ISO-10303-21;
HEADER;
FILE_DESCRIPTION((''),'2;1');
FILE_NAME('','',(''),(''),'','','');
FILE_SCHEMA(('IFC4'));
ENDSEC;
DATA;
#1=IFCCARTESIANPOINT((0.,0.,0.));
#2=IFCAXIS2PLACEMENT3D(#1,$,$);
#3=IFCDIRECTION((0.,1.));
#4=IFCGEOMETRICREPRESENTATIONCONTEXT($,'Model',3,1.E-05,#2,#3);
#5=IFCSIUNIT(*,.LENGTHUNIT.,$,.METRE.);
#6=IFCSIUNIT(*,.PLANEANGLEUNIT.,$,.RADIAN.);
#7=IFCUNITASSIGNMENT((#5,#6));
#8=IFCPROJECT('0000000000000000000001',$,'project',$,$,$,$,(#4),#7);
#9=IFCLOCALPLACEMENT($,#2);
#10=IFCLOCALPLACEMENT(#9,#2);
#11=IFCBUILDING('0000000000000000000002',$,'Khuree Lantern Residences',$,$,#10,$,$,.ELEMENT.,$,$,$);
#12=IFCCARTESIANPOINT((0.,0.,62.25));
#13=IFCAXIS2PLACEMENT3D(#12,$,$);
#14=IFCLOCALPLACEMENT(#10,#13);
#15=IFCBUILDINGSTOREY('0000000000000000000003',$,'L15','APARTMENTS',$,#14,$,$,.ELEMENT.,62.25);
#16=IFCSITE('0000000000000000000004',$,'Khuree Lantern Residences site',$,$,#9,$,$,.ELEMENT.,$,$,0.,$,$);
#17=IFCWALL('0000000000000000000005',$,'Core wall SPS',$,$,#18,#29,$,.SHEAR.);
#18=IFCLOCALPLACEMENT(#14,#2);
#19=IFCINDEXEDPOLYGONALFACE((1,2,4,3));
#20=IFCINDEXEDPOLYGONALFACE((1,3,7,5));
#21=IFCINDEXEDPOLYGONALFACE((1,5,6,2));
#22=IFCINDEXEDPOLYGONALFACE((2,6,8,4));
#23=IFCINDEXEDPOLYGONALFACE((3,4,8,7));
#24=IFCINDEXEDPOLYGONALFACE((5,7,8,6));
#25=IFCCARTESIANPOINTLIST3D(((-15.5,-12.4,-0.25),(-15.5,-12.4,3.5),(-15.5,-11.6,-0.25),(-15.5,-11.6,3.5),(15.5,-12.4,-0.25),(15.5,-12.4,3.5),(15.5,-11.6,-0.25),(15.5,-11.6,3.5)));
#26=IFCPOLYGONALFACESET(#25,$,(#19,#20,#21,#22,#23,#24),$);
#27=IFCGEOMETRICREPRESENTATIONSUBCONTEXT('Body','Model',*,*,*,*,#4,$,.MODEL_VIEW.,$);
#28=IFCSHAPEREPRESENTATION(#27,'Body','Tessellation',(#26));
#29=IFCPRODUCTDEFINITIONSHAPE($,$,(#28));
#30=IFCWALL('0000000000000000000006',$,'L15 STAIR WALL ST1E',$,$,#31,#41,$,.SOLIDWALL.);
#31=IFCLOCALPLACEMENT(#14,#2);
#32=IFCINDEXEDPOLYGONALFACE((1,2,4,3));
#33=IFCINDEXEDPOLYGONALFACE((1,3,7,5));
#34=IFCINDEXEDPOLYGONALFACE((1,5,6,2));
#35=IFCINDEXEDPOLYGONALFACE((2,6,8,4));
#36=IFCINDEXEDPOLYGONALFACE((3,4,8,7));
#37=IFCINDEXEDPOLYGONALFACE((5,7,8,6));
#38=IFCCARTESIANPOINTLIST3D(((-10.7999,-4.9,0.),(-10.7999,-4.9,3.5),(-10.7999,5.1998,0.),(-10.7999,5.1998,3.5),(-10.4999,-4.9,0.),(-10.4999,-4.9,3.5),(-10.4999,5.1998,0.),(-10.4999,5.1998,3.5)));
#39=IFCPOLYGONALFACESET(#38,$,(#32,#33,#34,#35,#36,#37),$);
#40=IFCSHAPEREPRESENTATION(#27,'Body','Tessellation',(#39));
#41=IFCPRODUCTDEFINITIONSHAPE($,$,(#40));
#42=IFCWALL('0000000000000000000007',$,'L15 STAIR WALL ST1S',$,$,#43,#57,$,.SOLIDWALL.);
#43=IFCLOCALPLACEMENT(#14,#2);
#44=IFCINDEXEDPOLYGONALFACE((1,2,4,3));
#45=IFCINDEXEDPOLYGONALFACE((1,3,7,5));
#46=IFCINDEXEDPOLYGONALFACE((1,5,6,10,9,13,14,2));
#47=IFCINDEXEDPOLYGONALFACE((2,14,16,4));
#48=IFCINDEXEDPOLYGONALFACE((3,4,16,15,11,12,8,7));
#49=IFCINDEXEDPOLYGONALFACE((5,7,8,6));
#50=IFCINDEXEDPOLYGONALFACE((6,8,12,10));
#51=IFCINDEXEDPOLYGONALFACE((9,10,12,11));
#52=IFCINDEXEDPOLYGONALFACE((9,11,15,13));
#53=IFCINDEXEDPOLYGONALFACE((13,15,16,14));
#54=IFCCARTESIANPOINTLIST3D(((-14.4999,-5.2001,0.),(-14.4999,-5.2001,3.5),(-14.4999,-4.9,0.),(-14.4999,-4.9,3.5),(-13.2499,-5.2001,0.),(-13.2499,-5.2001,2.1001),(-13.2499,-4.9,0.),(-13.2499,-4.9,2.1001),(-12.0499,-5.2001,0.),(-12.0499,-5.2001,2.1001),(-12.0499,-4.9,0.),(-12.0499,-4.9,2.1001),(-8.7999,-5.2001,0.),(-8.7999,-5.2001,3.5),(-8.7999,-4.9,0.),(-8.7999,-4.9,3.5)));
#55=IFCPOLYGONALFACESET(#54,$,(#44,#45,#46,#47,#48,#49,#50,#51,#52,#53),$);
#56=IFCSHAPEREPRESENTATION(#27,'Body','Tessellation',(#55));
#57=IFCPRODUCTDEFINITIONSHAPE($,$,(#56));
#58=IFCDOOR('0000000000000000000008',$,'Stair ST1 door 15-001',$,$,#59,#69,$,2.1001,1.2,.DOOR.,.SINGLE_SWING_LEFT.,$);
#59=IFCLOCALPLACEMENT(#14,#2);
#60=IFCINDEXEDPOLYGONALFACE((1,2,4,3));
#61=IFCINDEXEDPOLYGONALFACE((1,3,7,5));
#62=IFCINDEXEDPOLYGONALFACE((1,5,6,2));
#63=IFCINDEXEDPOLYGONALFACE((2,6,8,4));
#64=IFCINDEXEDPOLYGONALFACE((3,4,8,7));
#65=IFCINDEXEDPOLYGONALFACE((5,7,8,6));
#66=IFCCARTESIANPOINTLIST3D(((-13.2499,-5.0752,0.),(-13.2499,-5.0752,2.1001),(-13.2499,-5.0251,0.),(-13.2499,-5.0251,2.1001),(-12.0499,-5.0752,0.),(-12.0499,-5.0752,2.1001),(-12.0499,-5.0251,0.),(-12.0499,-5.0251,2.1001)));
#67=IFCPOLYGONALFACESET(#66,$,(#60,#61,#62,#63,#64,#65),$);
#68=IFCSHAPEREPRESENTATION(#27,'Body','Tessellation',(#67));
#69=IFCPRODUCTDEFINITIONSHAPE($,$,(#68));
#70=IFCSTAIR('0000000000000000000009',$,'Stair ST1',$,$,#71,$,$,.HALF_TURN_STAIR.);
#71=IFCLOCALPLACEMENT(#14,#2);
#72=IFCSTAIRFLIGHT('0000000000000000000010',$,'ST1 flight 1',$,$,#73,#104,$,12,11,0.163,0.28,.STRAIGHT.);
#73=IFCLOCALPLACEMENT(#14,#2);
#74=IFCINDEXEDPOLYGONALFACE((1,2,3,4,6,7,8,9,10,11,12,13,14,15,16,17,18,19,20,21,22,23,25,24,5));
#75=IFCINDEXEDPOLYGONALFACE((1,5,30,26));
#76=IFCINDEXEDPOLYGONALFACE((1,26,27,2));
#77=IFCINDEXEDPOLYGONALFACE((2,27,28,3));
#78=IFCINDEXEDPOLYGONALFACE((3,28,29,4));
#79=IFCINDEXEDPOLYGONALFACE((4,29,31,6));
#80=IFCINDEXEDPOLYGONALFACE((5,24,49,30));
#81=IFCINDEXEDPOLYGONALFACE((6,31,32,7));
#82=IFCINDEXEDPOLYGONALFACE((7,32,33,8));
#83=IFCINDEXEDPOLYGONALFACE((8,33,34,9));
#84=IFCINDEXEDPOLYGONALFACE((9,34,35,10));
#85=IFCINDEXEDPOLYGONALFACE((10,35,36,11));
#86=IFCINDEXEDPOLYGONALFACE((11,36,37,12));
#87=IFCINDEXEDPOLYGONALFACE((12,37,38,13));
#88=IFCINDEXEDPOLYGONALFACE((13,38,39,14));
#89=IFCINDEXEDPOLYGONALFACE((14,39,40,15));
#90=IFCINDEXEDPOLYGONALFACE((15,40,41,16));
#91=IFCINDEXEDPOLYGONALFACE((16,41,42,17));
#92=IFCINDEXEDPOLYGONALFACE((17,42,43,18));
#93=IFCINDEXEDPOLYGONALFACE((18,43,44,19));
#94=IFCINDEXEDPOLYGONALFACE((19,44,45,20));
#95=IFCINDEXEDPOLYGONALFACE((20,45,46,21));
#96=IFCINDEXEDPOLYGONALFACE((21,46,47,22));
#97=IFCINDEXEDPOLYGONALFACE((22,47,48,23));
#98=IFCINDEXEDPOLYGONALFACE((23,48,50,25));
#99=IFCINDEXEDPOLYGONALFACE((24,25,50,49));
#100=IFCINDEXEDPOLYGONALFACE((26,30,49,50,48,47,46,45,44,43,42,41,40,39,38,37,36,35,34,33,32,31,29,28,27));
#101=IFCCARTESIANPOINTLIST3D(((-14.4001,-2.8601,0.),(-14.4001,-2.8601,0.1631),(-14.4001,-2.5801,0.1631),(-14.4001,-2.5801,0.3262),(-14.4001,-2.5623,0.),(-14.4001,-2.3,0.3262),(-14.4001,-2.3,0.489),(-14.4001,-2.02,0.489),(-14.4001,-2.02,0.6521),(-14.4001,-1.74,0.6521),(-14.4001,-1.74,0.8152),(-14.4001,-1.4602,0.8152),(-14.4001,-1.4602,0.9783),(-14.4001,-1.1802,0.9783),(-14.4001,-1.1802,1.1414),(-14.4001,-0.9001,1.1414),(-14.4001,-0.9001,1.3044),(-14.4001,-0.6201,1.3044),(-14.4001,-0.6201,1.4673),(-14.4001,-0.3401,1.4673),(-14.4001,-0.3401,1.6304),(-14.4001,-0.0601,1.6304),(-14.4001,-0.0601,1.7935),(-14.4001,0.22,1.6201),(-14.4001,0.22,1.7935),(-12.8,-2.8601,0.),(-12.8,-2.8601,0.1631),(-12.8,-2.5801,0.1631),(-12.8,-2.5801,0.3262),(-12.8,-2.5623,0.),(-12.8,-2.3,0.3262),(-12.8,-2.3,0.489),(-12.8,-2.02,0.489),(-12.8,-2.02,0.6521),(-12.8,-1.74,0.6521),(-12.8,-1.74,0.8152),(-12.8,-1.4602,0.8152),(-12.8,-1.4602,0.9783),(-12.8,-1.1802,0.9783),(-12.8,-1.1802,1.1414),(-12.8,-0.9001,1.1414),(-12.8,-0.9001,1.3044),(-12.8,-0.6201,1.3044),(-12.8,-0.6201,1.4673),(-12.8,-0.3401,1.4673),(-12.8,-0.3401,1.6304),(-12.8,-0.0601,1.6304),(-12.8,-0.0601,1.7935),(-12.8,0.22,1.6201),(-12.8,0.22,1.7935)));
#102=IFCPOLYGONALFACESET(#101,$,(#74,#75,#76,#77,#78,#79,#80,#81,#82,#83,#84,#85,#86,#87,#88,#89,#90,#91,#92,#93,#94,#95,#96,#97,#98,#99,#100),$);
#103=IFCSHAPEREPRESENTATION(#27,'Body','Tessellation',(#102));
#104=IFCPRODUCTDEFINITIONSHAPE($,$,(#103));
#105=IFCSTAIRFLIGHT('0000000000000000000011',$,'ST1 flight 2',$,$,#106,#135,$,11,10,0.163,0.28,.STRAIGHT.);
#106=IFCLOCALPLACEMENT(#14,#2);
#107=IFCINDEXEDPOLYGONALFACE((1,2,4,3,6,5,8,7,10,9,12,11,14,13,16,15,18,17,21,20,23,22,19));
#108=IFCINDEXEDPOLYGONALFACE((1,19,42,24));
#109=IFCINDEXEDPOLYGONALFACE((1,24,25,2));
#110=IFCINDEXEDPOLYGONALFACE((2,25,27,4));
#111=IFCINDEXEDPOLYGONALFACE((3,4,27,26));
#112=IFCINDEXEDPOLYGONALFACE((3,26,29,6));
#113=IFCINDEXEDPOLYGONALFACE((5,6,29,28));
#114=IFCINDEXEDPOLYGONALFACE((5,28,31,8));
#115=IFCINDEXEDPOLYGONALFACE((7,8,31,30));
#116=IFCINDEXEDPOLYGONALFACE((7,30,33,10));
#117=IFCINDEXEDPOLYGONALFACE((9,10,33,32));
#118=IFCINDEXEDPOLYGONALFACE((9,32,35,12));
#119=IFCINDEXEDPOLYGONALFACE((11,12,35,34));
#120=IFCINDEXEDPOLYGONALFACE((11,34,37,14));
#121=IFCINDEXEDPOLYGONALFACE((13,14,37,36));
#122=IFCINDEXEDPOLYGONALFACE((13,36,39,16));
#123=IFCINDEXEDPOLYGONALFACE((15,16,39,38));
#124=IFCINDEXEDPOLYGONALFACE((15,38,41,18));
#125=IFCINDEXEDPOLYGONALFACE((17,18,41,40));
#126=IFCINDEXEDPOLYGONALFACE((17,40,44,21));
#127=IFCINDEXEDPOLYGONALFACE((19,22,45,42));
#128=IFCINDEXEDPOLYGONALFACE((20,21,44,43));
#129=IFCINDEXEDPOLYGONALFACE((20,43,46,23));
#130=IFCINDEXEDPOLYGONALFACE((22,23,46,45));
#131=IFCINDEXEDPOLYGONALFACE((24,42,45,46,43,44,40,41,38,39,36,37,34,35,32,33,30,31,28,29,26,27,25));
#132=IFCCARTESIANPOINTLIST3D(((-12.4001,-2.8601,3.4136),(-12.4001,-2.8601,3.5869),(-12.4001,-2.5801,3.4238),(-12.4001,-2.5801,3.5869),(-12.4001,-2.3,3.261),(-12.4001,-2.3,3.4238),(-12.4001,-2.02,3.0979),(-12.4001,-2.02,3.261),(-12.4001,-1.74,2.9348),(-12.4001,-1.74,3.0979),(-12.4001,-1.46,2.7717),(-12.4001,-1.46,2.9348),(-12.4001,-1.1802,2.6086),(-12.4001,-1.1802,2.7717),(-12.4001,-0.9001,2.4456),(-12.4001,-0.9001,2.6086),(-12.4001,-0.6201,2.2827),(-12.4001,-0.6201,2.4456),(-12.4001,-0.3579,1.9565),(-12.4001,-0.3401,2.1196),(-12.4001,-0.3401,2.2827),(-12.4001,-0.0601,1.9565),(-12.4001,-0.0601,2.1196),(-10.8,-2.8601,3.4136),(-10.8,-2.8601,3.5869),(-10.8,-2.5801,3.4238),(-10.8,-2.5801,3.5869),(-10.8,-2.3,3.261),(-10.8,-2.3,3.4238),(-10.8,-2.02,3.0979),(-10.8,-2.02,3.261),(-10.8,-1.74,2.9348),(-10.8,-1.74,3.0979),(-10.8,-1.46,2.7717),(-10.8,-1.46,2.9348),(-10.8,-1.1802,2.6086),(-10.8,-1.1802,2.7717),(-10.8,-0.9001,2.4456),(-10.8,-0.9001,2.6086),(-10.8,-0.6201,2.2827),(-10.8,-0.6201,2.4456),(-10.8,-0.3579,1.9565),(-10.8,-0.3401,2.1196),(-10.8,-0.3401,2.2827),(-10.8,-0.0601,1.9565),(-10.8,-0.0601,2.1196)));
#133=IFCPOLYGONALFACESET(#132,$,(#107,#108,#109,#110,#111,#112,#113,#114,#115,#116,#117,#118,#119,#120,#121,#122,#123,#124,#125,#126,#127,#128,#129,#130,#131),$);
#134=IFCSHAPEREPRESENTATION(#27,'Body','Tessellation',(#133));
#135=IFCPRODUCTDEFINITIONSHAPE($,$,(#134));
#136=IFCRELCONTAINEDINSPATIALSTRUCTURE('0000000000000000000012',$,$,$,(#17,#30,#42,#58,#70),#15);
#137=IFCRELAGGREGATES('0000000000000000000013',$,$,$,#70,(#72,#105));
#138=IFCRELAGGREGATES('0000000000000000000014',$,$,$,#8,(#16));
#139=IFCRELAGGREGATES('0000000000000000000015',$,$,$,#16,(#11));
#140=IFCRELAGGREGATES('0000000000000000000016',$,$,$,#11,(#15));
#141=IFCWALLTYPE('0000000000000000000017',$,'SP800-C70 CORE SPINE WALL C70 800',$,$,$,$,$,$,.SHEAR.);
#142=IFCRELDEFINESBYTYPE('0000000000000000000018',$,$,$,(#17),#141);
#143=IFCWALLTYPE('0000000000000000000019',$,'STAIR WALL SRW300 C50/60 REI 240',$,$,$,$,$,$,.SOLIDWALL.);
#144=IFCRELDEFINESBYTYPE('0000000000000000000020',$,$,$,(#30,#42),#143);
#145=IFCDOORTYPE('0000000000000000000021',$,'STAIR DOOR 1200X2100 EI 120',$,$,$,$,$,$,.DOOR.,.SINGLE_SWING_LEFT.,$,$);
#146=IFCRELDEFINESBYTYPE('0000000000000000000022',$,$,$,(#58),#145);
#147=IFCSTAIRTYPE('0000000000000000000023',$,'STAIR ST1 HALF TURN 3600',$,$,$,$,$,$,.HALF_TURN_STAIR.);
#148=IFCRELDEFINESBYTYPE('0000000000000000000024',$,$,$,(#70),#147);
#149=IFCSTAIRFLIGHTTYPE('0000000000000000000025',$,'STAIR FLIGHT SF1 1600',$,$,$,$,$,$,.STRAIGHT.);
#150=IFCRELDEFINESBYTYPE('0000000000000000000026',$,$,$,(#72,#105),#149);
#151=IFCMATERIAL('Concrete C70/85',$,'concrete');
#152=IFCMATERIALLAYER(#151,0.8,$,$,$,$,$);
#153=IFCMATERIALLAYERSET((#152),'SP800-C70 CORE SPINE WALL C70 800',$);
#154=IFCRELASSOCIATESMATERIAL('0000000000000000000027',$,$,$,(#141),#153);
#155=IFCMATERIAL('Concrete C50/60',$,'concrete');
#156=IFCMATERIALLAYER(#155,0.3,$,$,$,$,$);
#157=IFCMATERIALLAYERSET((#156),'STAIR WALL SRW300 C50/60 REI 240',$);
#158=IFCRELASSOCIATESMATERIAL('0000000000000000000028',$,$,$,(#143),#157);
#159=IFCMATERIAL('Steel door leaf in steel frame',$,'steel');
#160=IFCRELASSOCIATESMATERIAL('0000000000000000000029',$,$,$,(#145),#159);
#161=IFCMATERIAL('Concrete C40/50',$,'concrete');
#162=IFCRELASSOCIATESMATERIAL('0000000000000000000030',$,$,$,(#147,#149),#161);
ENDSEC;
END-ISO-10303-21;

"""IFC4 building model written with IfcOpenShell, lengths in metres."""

from ifc_helpers import new_model, si_unit, direction, frame, frame_2d, origin, place, context, subcontext, project, spatial, polyline, rectangle, outline, extrude, material, layer, layer_set, type_object, element, fill, aggregate, save


model = new_model("IFC4")

# Units and contexts
model_context = context("Model", 3, precision=1e-05, world=origin(), true_north=direction((0.0, 1.0)))
body_context = subcontext(model_context, "Body", "Model", "MODEL_VIEW")
ifc_project = project(units=[si_unit("LENGTHUNIT", "METRE"), si_unit("PLANEANGLEUNIT", "RADIAN")], contexts=[model_context])

# Site, building, storey
site_placement = place(None, origin())
site = spatial("IfcSite", under=ifc_project, at=site_placement, Name="Khuree Lantern Residences site", CompositionType="ELEMENT", RefElevation=0.0)
building_placement = place(site_placement, origin())
building = spatial("IfcBuilding", under=site, at=building_placement, Name="Khuree Lantern Residences", CompositionType="ELEMENT")
storey_placement = place(building_placement, frame((0.0, 0.0, 62.25)))
storey = spatial("IfcBuildingStorey", under=building, at=storey_placement, Name="L15", Description="APARTMENTS", CompositionType="ELEMENT", Elevation=62.25)

# Shared definitions
ifc_material_1 = material(Name="Concrete C70/85", Category="concrete")

# Shared definitions
ifc_material_2 = material(Name="Steel door leaf in steel frame", Category="steel")

# Walls
ifc_layer_1 = layer(ifc_material_1, 0.8)
ifc_layer_set_1 = layer_set([ifc_layer_1], Name="SP800-C70 CORE SPINE WALL C70 800")
wall_type_1 = type_object("IfcWallType", Name="SP800-C70 CORE SPINE WALL C70 800", PredefinedType="SHEAR", material=ifc_layer_set_1)
wall_1_placement = place(storey_placement, frame((-15.5, -12.0, -0.25), z_axis=(0.0, 0.0, 1.0), x_axis=(1.0, 0.0, 0.0)))
element("IfcWall", 1, at=wall_1_placement, inside=storey, type_object=wall_type_1, Name="Core wall SPS", PredefinedType="SHEAR", context=body_context, shape_type="SweptSolid", body=[
    extrude(rectangle(XDim=31.0, YDim=0.8, at=frame_2d((15.5, 0.0))), origin(), (0.0, 0.0, 1.0), 3.75),
])
ifc_material_3 = material(Name="Concrete C50/60", Category="concrete")
ifc_layer_2 = layer(ifc_material_3, 0.3)
ifc_layer_set_2 = layer_set([ifc_layer_2], Name="STAIR WALL SRW300 C50/60 REI 240")
wall_type_2 = type_object("IfcWallType", Name="STAIR WALL SRW300 C50/60 REI 240", PredefinedType="SOLIDWALL", material=ifc_layer_set_2)
wall_2_placement = place(storey_placement, frame((-10.6499, -4.8999, 0.0), z_axis=(0.0, 0.0, 1.0), x_axis=(0.0, 1.0, 0.0)))
element("IfcWall", 2, at=wall_2_placement, inside=storey, type_object=wall_type_2, Name="L15 STAIR WALL ST1E", PredefinedType="SOLIDWALL", context=body_context, shape_type="SweptSolid", body=[
    extrude(rectangle(XDim=10.0999, YDim=0.3, at=frame_2d((5.0498, 0.0))), origin(), (0.0, 0.0, 1.0), 3.5),
])

# Wall, opening, door
wall_3_placement = place(storey_placement, frame((-14.5, -5.05, 0.0), z_axis=(0.0, 0.0, 1.0), x_axis=(1.0, 0.0, 0.0)))
wall_3 = element("IfcWall", 3, at=wall_3_placement, inside=storey, type_object=wall_type_2, Name="L15 STAIR WALL ST1S", PredefinedType="SOLIDWALL", context=body_context, shape_type="SweptSolid", body=[
    extrude(rectangle(XDim=5.7, YDim=0.3, at=frame_2d((2.8501, 0.0))), origin(), (0.0, 0.0, 1.0), 3.5),
])
opening_1_placement = place(wall_3_placement, frame((1.25, 0.0, 0.0)))
opening_1 = element("IfcOpeningElement", 4, at=opening_1_placement, cuts=wall_3, PredefinedType="OPENING", context=body_context, shape_type="SweptSolid", body=[
    extrude(rectangle(XDim=1.2, YDim=2.1001, at=frame_2d((0.6001, 1.05))), frame((0.0, 0.1602, 0.0), z_axis=(0.0, -1.0, 0.0), x_axis=(1.0, 0.0, 0.0)), (0.0, 0.0, 1.0), 0.3201),
])
door_type_1 = type_object("IfcDoorType", Name="STAIR DOOR 1200X2100 EI 120", OperationType="SINGLE_SWING_LEFT", PredefinedType="DOOR", material=ifc_material_2)
door_1_placement = place(opening_1_placement, origin())
door_1 = element("IfcDoor", 5, at=door_1_placement, inside=storey, type_object=door_type_1, Name="Stair ST1 door 15-001", OperationType="SINGLE_SWING_LEFT", OverallHeight=2.1001, OverallWidth=1.2, PredefinedType="DOOR", context=body_context, shape_type="SweptSolid", body=[
    extrude(rectangle(XDim=1.2, YDim=2.1001, at=frame_2d((0.6001, 1.05))), frame((0.0, 0.0249, 0.0), z_axis=(0.0, -1.0, 0.0), x_axis=(1.0, 0.0, 0.0)), (0.0, 0.0, 1.0), 0.05),
])
fill(opening_1, door_1)

# Stair, stair flights
ifc_material_4 = material(Name="Concrete C40/50", Category="concrete")
stair_type = type_object("IfcStairType", Name="STAIR ST1 HALF TURN 3600", PredefinedType="HALF_TURN_STAIR", material=ifc_material_4)
stair_placement = place(storey_placement, origin())
stair = element("IfcStair", 6, at=stair_placement, inside=storey, type_object=stair_type, Name="Stair ST1", PredefinedType="HALF_TURN_STAIR")
stair_flight_type = type_object("IfcStairFlightType", Name="STAIR FLIGHT SF1 1600", PredefinedType="STRAIGHT", material=ifc_material_4)
stair_flight_1_placement = place(storey_placement, frame((-13.6001, -2.8601, 0.0), z_axis=(0.0, 0.0, 1.0), x_axis=(0.0, 1.0, 0.0)))
stair_flight_1 = element("IfcStairFlight", 7, at=stair_flight_1_placement, type_object=stair_flight_type, Name="ST1 flight 1", NumberOfRisers=12, NumberOfTreads=11, PredefinedType="STRAIGHT", RiserHeight=0.163, TreadLength=0.28, context=body_context, shape_type="SweptSolid", body=[
    extrude(outline(polyline([(0.0, 0.0), (0.0, 0.1631), (0.28, 0.1631), (0.28, 0.3262), (0.5601, 0.3262), (0.5601, 0.489), (0.8401, 0.489), (0.8401, 0.6521), (1.1201, 0.6521), (1.1201, 0.8152), (1.3999, 0.8152), (1.3999, 0.9783), (1.6799, 0.9783), (1.6799, 1.1414), (1.96, 1.1414), (1.96, 1.3044), (2.24, 1.3044), (2.24, 1.4673), (2.52, 1.4673), (2.52, 1.6304), (2.8, 1.6304), (2.8, 1.7935), (3.0801, 1.7935), (3.0801, 1.9565), (3.0801, 1.6201), (0.2979, 0.0), (0.0, 0.0)])), frame((0.0, 0.8, 0.0), z_axis=(0.0, -1.0, 0.0), x_axis=(1.0, 0.0, 0.0)), (0.0, 0.0, 1.0), 1.6001),
])
stair_flight_2_placement = place(storey_placement, frame((-11.6001, -0.0601, 1.9565), z_axis=(0.0, 0.0, 1.0), x_axis=(0.0, -1.0, 0.0)))
stair_flight_2 = element("IfcStairFlight", 8, at=stair_flight_2_placement, type_object=stair_flight_type, Name="ST1 flight 2", NumberOfRisers=11, NumberOfTreads=10, PredefinedType="STRAIGHT", RiserHeight=0.163, TreadLength=0.28, context=body_context, shape_type="SweptSolid", body=[
    extrude(outline(polyline([(0.0, 0.0), (0.0, 0.1631), (0.28, 0.1631), (0.28, 0.3262), (0.5601, 0.3262), (0.5601, 0.489), (0.8401, 0.489), (0.8401, 0.6521), (1.1201, 0.6521), (1.1201, 0.8152), (1.3999, 0.8152), (1.3999, 0.9783), (1.6799, 0.9783), (1.6799, 1.1414), (1.96, 1.1414), (1.96, 1.3044), (2.24, 1.3044), (2.24, 1.4673), (2.52, 1.4673), (2.52, 1.6304), (2.8, 1.6304), (2.8, 1.7935), (2.8, 1.457), (0.2979, 0.0), (0.0, 0.0)])), frame((0.0, 0.8, 0.0), z_axis=(0.0, -1.0, 0.0), x_axis=(1.0, 0.0, 0.0)), (0.0, 0.0, 1.0), 1.6001),
])
aggregate(stair, [stair_flight_1, stair_flight_2])

save(model, "model.ifc")
